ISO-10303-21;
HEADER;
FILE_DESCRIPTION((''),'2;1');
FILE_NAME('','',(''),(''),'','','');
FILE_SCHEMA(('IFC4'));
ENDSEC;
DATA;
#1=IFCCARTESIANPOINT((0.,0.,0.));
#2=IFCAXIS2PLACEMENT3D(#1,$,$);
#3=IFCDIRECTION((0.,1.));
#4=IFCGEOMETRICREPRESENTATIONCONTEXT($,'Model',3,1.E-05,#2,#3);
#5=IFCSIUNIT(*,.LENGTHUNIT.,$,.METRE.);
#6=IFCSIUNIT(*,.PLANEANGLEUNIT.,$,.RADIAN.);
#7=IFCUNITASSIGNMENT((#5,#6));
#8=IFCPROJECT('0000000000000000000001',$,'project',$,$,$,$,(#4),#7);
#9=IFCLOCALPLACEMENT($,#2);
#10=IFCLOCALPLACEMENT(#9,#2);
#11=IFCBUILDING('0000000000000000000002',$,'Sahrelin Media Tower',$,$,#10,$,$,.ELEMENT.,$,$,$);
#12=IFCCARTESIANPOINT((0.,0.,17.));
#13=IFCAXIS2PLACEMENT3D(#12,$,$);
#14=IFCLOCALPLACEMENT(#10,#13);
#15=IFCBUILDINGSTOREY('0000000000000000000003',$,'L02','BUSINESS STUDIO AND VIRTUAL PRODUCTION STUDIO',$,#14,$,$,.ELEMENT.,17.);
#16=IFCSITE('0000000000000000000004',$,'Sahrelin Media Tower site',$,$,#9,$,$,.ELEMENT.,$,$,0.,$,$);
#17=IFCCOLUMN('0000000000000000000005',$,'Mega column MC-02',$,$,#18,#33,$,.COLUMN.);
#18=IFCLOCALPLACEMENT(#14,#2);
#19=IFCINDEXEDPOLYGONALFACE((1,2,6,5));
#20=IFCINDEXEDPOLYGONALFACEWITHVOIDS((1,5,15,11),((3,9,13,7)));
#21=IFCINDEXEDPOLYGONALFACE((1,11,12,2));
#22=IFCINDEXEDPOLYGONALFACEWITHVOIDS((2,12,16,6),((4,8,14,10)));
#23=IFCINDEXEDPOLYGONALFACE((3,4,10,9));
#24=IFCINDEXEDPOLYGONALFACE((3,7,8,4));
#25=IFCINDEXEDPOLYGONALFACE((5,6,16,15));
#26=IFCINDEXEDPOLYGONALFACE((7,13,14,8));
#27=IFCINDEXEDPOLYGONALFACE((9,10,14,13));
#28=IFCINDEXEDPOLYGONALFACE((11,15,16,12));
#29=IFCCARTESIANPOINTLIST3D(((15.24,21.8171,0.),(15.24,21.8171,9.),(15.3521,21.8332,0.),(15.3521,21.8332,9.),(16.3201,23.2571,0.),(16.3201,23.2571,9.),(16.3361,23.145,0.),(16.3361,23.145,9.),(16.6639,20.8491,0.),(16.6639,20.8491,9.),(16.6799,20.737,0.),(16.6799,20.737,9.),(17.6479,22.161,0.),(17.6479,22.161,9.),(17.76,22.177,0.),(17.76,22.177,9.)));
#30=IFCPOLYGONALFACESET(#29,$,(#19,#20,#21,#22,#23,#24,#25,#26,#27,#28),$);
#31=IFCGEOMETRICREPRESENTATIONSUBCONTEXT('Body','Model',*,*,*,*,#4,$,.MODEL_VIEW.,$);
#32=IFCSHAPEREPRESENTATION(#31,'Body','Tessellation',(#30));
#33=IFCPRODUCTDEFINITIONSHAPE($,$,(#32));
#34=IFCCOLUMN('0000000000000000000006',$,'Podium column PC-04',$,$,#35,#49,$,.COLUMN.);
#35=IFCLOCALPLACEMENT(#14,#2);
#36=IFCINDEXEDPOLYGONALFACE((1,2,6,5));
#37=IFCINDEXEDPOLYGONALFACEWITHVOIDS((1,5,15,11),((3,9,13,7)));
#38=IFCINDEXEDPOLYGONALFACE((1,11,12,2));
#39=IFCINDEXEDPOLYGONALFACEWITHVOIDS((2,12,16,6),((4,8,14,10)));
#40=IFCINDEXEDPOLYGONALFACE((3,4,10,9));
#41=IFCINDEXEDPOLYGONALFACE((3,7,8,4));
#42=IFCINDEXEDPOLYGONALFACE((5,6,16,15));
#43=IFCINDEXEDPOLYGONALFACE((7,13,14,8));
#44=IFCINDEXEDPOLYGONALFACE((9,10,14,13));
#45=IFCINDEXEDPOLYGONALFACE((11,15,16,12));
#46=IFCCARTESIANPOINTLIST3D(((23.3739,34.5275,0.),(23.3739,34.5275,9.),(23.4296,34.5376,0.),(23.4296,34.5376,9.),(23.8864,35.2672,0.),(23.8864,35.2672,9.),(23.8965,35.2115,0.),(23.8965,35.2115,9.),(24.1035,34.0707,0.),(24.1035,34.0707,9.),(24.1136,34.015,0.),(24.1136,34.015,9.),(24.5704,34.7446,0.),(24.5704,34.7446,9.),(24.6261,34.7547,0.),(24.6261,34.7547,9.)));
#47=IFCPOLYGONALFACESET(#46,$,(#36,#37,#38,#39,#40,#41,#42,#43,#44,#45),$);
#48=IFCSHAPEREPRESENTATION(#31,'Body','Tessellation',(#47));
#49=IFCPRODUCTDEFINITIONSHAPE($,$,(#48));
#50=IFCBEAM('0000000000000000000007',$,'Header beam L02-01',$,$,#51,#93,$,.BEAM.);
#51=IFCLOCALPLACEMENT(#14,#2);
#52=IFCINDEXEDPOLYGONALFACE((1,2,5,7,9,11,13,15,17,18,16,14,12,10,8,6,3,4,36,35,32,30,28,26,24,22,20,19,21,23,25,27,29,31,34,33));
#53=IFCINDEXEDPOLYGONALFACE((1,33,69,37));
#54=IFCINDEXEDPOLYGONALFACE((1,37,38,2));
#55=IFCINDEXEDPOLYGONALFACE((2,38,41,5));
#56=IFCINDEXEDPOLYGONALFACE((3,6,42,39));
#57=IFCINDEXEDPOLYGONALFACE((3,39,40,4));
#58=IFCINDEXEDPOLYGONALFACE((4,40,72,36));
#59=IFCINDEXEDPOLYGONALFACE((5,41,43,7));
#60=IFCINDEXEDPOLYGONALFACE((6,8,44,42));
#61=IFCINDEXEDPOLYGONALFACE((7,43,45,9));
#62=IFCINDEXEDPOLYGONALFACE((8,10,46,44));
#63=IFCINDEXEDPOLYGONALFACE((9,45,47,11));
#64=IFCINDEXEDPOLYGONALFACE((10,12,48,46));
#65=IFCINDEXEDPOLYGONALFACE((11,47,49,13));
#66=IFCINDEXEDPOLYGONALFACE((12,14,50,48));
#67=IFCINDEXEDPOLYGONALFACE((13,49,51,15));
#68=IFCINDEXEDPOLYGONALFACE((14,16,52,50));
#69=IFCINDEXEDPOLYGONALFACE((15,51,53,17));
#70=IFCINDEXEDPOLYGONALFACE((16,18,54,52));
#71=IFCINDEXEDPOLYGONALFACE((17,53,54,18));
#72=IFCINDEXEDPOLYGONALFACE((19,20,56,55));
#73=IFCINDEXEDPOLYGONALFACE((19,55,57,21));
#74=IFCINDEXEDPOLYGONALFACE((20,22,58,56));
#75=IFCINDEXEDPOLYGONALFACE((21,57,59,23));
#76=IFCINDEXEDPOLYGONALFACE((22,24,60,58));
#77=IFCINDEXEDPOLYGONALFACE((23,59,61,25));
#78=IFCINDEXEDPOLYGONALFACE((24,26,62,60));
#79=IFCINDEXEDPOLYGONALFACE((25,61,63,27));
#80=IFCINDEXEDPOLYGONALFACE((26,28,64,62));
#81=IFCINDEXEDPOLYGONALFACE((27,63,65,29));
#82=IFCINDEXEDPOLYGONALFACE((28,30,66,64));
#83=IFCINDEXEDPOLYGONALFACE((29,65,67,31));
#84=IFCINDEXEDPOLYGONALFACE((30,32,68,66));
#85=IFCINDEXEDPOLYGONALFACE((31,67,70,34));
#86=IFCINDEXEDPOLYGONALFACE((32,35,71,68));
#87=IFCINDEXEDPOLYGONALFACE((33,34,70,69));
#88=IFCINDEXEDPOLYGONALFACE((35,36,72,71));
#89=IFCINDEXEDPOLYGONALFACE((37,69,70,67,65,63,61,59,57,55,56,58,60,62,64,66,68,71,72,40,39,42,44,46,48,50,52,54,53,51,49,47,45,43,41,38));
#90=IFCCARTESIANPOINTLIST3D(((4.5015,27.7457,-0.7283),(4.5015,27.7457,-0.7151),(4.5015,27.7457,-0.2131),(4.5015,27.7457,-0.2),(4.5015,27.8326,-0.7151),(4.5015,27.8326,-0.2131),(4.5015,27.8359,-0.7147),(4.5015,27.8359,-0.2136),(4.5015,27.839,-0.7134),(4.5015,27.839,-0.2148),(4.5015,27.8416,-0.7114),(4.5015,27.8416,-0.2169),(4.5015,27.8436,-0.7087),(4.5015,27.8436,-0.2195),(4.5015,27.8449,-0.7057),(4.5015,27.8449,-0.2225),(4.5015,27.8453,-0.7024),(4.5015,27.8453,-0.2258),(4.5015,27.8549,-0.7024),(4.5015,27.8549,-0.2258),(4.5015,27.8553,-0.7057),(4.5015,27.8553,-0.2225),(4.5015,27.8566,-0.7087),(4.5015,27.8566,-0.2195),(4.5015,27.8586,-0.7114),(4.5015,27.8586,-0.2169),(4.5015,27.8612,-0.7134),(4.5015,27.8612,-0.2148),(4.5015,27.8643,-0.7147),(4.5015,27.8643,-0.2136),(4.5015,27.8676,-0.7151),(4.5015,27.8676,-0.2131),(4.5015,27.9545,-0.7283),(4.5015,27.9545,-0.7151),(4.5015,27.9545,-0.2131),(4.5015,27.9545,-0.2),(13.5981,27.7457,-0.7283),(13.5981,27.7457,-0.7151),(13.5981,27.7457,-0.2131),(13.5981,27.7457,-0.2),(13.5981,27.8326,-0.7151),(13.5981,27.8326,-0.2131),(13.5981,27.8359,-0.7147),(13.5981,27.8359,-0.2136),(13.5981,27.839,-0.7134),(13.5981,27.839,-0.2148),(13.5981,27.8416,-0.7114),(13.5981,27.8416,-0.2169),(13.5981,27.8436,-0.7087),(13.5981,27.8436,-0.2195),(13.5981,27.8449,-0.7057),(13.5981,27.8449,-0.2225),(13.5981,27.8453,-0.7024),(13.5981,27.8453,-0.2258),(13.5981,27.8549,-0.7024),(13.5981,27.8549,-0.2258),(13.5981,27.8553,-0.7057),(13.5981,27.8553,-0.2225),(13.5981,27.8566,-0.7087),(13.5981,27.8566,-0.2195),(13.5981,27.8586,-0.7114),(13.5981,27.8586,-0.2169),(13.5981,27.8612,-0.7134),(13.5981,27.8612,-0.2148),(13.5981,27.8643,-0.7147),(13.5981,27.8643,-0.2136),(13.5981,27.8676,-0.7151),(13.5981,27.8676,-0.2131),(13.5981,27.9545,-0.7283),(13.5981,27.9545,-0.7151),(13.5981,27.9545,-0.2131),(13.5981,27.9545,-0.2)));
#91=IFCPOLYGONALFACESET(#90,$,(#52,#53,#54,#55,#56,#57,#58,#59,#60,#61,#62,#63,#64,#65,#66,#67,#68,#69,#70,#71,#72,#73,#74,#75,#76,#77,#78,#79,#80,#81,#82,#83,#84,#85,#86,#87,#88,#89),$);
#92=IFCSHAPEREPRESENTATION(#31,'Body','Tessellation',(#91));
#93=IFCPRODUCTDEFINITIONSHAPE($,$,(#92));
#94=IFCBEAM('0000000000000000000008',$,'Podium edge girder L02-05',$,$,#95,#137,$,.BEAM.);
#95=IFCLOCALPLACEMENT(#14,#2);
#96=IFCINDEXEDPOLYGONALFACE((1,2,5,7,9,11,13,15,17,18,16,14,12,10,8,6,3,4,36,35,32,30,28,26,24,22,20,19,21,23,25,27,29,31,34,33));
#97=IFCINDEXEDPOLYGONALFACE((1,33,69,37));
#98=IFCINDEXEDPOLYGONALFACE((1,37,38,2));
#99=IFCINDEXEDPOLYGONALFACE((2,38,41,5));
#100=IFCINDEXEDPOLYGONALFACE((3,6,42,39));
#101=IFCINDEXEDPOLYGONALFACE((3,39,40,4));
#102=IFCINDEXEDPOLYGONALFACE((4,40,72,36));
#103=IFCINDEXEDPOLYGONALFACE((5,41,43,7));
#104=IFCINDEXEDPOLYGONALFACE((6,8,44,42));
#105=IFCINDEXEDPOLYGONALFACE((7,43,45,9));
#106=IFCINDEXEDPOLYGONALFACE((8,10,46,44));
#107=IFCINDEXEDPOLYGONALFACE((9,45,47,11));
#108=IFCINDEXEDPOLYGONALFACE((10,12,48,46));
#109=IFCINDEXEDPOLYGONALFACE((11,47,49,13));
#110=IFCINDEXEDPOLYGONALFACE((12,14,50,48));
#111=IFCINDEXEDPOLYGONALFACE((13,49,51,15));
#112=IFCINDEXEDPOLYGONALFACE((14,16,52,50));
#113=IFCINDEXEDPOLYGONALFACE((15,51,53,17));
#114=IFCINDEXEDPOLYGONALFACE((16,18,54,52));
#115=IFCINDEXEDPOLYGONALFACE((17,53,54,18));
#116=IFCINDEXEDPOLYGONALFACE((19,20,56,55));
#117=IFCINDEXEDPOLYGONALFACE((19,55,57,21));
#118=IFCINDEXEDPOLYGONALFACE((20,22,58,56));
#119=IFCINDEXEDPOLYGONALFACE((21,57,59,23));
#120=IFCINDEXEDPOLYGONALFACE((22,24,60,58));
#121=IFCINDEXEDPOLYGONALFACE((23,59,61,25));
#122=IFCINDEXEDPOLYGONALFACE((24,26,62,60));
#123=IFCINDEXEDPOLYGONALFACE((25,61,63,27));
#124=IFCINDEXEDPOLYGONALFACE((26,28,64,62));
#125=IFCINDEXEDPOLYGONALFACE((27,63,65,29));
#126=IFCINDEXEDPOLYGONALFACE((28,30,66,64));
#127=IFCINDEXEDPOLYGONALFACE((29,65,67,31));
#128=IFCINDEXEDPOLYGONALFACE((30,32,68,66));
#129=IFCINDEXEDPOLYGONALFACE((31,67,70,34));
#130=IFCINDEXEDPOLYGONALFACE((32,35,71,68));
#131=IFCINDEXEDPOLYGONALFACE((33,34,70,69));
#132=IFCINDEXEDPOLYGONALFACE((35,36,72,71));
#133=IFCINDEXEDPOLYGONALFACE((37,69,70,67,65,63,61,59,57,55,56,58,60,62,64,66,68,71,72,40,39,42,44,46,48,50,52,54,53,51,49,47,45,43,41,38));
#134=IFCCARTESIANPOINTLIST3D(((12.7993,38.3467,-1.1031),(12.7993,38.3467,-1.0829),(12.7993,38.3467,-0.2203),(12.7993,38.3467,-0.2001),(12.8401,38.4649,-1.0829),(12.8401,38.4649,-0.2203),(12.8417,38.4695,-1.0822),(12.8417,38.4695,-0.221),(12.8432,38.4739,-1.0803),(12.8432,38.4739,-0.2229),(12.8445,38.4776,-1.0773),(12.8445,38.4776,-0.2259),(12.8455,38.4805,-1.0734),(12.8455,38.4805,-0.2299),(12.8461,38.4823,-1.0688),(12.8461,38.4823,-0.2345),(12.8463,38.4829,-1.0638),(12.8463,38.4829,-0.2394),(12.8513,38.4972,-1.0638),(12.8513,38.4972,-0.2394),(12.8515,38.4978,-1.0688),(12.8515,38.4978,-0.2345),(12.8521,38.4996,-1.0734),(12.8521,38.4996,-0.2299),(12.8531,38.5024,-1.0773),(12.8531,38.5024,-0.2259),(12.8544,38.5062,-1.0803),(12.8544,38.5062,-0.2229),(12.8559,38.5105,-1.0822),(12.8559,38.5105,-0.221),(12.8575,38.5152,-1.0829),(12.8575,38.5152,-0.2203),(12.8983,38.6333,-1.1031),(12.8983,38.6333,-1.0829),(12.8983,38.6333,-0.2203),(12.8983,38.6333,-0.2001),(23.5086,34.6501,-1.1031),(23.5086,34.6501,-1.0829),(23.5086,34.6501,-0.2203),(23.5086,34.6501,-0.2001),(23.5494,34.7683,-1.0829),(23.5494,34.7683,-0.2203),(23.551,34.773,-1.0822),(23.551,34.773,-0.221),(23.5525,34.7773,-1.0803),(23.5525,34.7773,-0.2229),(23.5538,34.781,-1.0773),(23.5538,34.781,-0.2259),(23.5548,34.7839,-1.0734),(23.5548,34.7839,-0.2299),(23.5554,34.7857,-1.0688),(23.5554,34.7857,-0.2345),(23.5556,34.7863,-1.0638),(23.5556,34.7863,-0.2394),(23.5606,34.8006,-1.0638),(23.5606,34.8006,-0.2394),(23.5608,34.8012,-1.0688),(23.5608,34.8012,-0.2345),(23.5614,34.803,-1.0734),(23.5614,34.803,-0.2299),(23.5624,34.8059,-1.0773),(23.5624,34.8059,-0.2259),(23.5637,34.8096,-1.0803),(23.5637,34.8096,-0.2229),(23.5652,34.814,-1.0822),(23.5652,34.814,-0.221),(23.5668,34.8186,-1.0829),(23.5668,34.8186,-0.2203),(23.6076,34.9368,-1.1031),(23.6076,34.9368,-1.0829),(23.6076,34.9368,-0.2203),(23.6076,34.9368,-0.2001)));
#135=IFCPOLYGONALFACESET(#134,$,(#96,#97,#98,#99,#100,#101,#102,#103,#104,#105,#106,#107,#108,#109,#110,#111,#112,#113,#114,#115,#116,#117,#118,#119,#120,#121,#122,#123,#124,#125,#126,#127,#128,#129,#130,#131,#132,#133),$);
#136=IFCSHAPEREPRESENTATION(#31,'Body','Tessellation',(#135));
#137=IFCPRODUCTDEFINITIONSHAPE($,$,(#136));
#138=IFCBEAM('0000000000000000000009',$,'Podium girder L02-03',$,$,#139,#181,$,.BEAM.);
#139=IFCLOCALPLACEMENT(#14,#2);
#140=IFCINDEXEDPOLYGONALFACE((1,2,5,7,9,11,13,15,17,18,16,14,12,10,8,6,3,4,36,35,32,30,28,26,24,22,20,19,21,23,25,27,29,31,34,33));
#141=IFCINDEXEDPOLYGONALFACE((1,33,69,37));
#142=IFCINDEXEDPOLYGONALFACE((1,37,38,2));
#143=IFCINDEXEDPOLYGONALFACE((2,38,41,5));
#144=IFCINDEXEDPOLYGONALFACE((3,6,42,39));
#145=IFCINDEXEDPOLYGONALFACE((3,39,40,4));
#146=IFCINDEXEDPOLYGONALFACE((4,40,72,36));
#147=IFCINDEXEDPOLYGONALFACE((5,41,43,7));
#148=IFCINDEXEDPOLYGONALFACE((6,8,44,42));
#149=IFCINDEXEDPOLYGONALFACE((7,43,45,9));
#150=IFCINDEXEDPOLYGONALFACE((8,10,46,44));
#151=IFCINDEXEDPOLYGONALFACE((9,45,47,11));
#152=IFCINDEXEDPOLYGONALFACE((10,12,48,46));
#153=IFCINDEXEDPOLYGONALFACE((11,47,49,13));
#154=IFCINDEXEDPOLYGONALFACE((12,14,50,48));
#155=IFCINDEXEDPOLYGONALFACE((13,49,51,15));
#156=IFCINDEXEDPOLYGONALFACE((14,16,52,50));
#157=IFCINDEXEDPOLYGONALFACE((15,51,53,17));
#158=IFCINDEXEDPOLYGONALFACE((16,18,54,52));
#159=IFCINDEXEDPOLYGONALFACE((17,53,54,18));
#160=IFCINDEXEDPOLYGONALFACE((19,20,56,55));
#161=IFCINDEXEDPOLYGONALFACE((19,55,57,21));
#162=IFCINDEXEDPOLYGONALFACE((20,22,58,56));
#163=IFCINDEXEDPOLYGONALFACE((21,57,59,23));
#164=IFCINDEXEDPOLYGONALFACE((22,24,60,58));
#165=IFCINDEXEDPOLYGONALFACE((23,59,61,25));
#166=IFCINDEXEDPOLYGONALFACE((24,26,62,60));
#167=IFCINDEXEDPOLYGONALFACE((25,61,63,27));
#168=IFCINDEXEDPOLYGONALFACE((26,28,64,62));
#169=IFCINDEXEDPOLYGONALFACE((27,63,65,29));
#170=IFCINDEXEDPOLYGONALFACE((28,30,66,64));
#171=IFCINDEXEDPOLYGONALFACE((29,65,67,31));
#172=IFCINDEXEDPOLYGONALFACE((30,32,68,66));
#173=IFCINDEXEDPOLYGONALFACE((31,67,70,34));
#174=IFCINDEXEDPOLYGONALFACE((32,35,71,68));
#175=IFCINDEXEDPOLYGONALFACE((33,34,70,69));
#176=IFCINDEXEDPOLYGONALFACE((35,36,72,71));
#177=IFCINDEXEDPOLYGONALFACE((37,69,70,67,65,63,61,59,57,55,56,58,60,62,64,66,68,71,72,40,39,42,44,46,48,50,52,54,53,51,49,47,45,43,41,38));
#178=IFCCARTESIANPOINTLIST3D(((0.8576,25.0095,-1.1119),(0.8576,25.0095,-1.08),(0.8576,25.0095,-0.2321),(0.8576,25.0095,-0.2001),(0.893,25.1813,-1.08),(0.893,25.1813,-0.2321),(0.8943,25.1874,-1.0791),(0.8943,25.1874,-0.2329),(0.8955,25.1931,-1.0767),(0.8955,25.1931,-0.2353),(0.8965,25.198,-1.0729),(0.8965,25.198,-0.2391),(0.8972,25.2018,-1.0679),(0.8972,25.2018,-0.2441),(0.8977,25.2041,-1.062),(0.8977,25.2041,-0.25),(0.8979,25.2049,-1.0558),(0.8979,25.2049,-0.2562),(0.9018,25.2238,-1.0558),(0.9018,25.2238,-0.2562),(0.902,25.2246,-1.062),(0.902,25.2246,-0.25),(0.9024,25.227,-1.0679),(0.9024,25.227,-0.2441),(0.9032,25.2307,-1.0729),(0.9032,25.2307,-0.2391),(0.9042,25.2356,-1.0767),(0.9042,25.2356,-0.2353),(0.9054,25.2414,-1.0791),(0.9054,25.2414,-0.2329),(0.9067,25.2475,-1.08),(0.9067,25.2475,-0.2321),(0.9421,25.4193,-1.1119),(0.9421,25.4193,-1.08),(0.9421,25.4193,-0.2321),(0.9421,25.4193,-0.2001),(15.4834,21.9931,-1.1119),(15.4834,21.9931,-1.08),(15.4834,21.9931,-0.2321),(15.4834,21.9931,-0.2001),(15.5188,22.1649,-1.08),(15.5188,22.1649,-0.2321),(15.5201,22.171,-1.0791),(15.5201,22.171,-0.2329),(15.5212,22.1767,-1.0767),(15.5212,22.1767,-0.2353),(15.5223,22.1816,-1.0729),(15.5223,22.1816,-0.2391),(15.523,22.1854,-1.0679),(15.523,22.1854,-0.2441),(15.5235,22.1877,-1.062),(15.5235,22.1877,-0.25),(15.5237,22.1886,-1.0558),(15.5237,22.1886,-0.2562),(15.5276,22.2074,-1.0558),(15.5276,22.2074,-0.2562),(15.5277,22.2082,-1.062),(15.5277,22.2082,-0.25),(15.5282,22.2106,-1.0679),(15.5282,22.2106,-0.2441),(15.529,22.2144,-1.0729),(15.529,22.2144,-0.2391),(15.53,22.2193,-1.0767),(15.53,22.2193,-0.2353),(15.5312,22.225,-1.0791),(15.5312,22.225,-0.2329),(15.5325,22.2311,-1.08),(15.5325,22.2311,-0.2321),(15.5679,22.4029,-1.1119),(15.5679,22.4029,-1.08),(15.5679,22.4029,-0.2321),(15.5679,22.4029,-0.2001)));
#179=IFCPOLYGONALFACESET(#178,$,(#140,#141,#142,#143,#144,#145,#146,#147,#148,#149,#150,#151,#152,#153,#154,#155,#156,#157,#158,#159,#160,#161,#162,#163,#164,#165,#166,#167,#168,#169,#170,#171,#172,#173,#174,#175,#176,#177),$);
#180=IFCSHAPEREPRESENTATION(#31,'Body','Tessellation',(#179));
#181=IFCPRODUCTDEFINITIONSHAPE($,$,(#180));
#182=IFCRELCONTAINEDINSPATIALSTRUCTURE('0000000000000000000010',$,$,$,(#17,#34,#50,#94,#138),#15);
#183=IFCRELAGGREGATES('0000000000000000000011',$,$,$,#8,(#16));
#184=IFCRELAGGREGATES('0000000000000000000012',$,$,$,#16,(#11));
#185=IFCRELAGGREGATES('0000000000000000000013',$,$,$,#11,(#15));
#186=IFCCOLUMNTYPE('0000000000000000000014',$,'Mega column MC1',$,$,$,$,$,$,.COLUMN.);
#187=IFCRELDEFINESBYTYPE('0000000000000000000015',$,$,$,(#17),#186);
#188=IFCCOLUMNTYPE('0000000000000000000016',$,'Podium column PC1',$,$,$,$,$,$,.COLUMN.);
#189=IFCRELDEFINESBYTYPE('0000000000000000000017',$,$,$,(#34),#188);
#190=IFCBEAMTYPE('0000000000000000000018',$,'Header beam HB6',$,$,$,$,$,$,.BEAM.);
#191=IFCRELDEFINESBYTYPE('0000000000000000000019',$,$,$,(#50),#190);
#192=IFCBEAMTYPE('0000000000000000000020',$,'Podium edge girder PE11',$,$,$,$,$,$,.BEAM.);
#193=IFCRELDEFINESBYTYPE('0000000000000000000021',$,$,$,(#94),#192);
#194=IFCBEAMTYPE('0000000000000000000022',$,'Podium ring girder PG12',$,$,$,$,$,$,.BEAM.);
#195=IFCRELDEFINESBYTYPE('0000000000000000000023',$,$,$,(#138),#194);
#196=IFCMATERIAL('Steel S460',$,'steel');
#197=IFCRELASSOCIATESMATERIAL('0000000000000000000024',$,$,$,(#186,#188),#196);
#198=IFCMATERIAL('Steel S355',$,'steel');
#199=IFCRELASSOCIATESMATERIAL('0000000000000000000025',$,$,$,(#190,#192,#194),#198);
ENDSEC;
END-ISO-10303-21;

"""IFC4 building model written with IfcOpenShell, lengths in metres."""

from ifc_helpers import new_model, si_unit, direction, frame, origin, origin_2d, place, context, subcontext, project, spatial, hollow_rectangle, i_section, extrude, material, material_profile, profile_set, type_object, element, save


model = new_model("IFC4")

# Units and contexts
model_context = context("Model", 3, precision=1e-05, world=origin(), true_north=direction((0.0, 1.0)))
body_context = subcontext(model_context, "Body", "Model", "MODEL_VIEW")
ifc_project = project(units=[si_unit("LENGTHUNIT", "METRE"), si_unit("PLANEANGLEUNIT", "RADIAN")], contexts=[model_context])

# Site, building, storey
site_placement = place(None, origin())
site = spatial("IfcSite", under=ifc_project, at=site_placement, Name="Sahrelin Media Tower site", CompositionType="ELEMENT", RefElevation=0.0)
building_placement = place(site_placement, origin())
building = spatial("IfcBuilding", under=site, at=building_placement, Name="Sahrelin Media Tower", CompositionType="ELEMENT")
storey_placement = place(building_placement, frame((0.0, 0.0, 17.0)))
storey = spatial("IfcBuildingStorey", under=building, at=storey_placement, Name="L02", Description="BUSINESS STUDIO AND VIRTUAL PRODUCTION STUDIO", CompositionType="ELEMENT", Elevation=17.0)

# Columns
ifc_material_1 = material(Name="Steel S460", Category="steel")
ifc_material_profile_1 = material_profile(ifc_material_1, hollow_rectangle(XDim=1.8, YDim=1.8, WallThickness=0.0801, at=origin_2d()), Name="Mega column MC1")
ifc_profile_set_1 = profile_set([ifc_material_profile_1], Name="Steel S460")
column_type_1 = type_object("IfcColumnType", Name="Mega column MC1", PredefinedType="COLUMN", material=ifc_profile_set_1)
column_1_placement = place(storey_placement, frame((16.5, 21.9971, 0.0), z_axis=(0.0, 0.0, 1.0), x_axis=(0.600052, 0.799961, 0.0)))
element("IfcColumn", 1, at=column_1_placement, inside=storey, type_object=column_type_1, Name="Mega column MC-02", PredefinedType="COLUMN", context=body_context, shape_type="SweptSolid", body=[
    extrude(hollow_rectangle(XDim=1.8, YDim=1.8, WallThickness=0.0801, at=origin_2d()), origin(), (0.0, 0.0, 1.0), 9.0),
])
ifc_material_profile_2 = material_profile(ifc_material_1, hollow_rectangle(XDim=0.8999, YDim=0.8999, WallThickness=0.04, at=origin_2d()), Name="Podium column PC1")
ifc_profile_set_2 = profile_set([ifc_material_profile_2], Name="Steel S460")
column_type_2 = type_object("IfcColumnType", Name="Podium column PC1", PredefinedType="COLUMN", material=ifc_profile_set_2)
column_2_placement = place(storey_placement, frame((24.0, 34.6411, 0.0), z_axis=(0.0, 0.0, 1.0), x_axis=(0.569495, 0.821995, 0.0)))
element("IfcColumn", 2, at=column_2_placement, inside=storey, type_object=column_type_2, Name="Podium column PC-04", PredefinedType="COLUMN", context=body_context, shape_type="SweptSolid", body=[
    extrude(hollow_rectangle(XDim=0.8999, YDim=0.8999, WallThickness=0.04, at=origin_2d()), origin(), (0.0, 0.0, 1.0), 9.0),
])

# Beams
ifc_material_2 = material(Name="Steel S355", Category="steel")
ifc_material_profile_3 = material_profile(ifc_material_2, i_section(OverallWidth=0.2087, OverallDepth=0.5283, WebThickness=0.0095, FlangeThickness=0.0132, FilletRadius=0.0127, at=origin_2d()), Name="UB 533x210x82")
ifc_profile_set_3 = profile_set([ifc_material_profile_3], Name="Steel S355")
beam_type_1 = type_object("IfcBeamType", Name="Header beam HB6", PredefinedType="BEAM", material=ifc_profile_set_3)
beam_1_placement = place(storey_placement, frame((13.5981, 27.8501, -0.4641), z_axis=(-1.0, 0.0, 0.0), x_axis=(0.0, -1.0, 0.0)))
element("IfcBeam", 3, at=beam_1_placement, inside=storey, type_object=beam_type_1, Name="Header beam L02-01", PredefinedType="BEAM", context=body_context, shape_type="SweptSolid", body=[
    extrude(i_section(OverallWidth=0.2087, OverallDepth=0.5283, WebThickness=0.0095, FlangeThickness=0.0132, FilletRadius=0.0127, at=origin_2d()), origin(), (0.0, 0.0, 1.0), 9.0967),
])
ifc_material_profile_4 = material_profile(ifc_material_2, i_section(OverallWidth=0.3032, OverallDepth=0.9031, WebThickness=0.0151, FlangeThickness=0.0203, FilletRadius=0.019, at=origin_2d()), Name="UB 914x305x201")
ifc_profile_set_4 = profile_set([ifc_material_profile_4], Name="Steel S355")
beam_type_2 = type_object("IfcBeamType", Name="Podium edge girder PE11", PredefinedType="BEAM", material=ifc_profile_set_4)
beam_2_placement = place(storey_placement, frame((23.5581, 34.7935, -0.6516), z_axis=(-0.945272, 0.326282, 0.0), x_axis=(-0.326282, -0.945272, 0.0)))
element("IfcBeam", 4, at=beam_2_placement, inside=storey, type_object=beam_type_2, Name="Podium edge girder L02-05", PredefinedType="BEAM", context=body_context, shape_type="SweptSolid", body=[
    extrude(i_section(OverallWidth=0.3032, OverallDepth=0.9031, WebThickness=0.0151, FlangeThickness=0.0203, FilletRadius=0.019, at=origin_2d()), origin(), (0.0, 0.0, 1.0), 11.3293),
])
ifc_material_profile_5 = material_profile(ifc_material_2, i_section(OverallWidth=0.4185, OverallDepth=0.9119, WebThickness=0.0193, FlangeThickness=0.032, FilletRadius=0.0242, at=origin_2d()), Name="UB 914x419x343")
ifc_profile_set_5 = profile_set([ifc_material_profile_5], Name="Steel S355")
beam_type_3 = type_object("IfcBeamType", Name="Podium ring girder PG12", PredefinedType="BEAM", material=ifc_profile_set_5)
beam_3_placement = place(storey_placement, frame((15.5256, 22.198, -0.656), z_axis=(-0.979389, 0.201985, 0.0), x_axis=(-0.201985, -0.979389, 0.0)))
element("IfcBeam", 5, at=beam_3_placement, inside=storey, type_object=beam_type_3, Name="Podium girder L02-03", PredefinedType="BEAM", context=body_context, shape_type="SweptSolid", body=[
    extrude(i_section(OverallWidth=0.4185, OverallDepth=0.9119, WebThickness=0.0193, FlangeThickness=0.032, FilletRadius=0.0242, at=origin_2d()), origin(), (0.0, 0.0, 1.0), 14.9336),
])

save(model, "model.ifc")
